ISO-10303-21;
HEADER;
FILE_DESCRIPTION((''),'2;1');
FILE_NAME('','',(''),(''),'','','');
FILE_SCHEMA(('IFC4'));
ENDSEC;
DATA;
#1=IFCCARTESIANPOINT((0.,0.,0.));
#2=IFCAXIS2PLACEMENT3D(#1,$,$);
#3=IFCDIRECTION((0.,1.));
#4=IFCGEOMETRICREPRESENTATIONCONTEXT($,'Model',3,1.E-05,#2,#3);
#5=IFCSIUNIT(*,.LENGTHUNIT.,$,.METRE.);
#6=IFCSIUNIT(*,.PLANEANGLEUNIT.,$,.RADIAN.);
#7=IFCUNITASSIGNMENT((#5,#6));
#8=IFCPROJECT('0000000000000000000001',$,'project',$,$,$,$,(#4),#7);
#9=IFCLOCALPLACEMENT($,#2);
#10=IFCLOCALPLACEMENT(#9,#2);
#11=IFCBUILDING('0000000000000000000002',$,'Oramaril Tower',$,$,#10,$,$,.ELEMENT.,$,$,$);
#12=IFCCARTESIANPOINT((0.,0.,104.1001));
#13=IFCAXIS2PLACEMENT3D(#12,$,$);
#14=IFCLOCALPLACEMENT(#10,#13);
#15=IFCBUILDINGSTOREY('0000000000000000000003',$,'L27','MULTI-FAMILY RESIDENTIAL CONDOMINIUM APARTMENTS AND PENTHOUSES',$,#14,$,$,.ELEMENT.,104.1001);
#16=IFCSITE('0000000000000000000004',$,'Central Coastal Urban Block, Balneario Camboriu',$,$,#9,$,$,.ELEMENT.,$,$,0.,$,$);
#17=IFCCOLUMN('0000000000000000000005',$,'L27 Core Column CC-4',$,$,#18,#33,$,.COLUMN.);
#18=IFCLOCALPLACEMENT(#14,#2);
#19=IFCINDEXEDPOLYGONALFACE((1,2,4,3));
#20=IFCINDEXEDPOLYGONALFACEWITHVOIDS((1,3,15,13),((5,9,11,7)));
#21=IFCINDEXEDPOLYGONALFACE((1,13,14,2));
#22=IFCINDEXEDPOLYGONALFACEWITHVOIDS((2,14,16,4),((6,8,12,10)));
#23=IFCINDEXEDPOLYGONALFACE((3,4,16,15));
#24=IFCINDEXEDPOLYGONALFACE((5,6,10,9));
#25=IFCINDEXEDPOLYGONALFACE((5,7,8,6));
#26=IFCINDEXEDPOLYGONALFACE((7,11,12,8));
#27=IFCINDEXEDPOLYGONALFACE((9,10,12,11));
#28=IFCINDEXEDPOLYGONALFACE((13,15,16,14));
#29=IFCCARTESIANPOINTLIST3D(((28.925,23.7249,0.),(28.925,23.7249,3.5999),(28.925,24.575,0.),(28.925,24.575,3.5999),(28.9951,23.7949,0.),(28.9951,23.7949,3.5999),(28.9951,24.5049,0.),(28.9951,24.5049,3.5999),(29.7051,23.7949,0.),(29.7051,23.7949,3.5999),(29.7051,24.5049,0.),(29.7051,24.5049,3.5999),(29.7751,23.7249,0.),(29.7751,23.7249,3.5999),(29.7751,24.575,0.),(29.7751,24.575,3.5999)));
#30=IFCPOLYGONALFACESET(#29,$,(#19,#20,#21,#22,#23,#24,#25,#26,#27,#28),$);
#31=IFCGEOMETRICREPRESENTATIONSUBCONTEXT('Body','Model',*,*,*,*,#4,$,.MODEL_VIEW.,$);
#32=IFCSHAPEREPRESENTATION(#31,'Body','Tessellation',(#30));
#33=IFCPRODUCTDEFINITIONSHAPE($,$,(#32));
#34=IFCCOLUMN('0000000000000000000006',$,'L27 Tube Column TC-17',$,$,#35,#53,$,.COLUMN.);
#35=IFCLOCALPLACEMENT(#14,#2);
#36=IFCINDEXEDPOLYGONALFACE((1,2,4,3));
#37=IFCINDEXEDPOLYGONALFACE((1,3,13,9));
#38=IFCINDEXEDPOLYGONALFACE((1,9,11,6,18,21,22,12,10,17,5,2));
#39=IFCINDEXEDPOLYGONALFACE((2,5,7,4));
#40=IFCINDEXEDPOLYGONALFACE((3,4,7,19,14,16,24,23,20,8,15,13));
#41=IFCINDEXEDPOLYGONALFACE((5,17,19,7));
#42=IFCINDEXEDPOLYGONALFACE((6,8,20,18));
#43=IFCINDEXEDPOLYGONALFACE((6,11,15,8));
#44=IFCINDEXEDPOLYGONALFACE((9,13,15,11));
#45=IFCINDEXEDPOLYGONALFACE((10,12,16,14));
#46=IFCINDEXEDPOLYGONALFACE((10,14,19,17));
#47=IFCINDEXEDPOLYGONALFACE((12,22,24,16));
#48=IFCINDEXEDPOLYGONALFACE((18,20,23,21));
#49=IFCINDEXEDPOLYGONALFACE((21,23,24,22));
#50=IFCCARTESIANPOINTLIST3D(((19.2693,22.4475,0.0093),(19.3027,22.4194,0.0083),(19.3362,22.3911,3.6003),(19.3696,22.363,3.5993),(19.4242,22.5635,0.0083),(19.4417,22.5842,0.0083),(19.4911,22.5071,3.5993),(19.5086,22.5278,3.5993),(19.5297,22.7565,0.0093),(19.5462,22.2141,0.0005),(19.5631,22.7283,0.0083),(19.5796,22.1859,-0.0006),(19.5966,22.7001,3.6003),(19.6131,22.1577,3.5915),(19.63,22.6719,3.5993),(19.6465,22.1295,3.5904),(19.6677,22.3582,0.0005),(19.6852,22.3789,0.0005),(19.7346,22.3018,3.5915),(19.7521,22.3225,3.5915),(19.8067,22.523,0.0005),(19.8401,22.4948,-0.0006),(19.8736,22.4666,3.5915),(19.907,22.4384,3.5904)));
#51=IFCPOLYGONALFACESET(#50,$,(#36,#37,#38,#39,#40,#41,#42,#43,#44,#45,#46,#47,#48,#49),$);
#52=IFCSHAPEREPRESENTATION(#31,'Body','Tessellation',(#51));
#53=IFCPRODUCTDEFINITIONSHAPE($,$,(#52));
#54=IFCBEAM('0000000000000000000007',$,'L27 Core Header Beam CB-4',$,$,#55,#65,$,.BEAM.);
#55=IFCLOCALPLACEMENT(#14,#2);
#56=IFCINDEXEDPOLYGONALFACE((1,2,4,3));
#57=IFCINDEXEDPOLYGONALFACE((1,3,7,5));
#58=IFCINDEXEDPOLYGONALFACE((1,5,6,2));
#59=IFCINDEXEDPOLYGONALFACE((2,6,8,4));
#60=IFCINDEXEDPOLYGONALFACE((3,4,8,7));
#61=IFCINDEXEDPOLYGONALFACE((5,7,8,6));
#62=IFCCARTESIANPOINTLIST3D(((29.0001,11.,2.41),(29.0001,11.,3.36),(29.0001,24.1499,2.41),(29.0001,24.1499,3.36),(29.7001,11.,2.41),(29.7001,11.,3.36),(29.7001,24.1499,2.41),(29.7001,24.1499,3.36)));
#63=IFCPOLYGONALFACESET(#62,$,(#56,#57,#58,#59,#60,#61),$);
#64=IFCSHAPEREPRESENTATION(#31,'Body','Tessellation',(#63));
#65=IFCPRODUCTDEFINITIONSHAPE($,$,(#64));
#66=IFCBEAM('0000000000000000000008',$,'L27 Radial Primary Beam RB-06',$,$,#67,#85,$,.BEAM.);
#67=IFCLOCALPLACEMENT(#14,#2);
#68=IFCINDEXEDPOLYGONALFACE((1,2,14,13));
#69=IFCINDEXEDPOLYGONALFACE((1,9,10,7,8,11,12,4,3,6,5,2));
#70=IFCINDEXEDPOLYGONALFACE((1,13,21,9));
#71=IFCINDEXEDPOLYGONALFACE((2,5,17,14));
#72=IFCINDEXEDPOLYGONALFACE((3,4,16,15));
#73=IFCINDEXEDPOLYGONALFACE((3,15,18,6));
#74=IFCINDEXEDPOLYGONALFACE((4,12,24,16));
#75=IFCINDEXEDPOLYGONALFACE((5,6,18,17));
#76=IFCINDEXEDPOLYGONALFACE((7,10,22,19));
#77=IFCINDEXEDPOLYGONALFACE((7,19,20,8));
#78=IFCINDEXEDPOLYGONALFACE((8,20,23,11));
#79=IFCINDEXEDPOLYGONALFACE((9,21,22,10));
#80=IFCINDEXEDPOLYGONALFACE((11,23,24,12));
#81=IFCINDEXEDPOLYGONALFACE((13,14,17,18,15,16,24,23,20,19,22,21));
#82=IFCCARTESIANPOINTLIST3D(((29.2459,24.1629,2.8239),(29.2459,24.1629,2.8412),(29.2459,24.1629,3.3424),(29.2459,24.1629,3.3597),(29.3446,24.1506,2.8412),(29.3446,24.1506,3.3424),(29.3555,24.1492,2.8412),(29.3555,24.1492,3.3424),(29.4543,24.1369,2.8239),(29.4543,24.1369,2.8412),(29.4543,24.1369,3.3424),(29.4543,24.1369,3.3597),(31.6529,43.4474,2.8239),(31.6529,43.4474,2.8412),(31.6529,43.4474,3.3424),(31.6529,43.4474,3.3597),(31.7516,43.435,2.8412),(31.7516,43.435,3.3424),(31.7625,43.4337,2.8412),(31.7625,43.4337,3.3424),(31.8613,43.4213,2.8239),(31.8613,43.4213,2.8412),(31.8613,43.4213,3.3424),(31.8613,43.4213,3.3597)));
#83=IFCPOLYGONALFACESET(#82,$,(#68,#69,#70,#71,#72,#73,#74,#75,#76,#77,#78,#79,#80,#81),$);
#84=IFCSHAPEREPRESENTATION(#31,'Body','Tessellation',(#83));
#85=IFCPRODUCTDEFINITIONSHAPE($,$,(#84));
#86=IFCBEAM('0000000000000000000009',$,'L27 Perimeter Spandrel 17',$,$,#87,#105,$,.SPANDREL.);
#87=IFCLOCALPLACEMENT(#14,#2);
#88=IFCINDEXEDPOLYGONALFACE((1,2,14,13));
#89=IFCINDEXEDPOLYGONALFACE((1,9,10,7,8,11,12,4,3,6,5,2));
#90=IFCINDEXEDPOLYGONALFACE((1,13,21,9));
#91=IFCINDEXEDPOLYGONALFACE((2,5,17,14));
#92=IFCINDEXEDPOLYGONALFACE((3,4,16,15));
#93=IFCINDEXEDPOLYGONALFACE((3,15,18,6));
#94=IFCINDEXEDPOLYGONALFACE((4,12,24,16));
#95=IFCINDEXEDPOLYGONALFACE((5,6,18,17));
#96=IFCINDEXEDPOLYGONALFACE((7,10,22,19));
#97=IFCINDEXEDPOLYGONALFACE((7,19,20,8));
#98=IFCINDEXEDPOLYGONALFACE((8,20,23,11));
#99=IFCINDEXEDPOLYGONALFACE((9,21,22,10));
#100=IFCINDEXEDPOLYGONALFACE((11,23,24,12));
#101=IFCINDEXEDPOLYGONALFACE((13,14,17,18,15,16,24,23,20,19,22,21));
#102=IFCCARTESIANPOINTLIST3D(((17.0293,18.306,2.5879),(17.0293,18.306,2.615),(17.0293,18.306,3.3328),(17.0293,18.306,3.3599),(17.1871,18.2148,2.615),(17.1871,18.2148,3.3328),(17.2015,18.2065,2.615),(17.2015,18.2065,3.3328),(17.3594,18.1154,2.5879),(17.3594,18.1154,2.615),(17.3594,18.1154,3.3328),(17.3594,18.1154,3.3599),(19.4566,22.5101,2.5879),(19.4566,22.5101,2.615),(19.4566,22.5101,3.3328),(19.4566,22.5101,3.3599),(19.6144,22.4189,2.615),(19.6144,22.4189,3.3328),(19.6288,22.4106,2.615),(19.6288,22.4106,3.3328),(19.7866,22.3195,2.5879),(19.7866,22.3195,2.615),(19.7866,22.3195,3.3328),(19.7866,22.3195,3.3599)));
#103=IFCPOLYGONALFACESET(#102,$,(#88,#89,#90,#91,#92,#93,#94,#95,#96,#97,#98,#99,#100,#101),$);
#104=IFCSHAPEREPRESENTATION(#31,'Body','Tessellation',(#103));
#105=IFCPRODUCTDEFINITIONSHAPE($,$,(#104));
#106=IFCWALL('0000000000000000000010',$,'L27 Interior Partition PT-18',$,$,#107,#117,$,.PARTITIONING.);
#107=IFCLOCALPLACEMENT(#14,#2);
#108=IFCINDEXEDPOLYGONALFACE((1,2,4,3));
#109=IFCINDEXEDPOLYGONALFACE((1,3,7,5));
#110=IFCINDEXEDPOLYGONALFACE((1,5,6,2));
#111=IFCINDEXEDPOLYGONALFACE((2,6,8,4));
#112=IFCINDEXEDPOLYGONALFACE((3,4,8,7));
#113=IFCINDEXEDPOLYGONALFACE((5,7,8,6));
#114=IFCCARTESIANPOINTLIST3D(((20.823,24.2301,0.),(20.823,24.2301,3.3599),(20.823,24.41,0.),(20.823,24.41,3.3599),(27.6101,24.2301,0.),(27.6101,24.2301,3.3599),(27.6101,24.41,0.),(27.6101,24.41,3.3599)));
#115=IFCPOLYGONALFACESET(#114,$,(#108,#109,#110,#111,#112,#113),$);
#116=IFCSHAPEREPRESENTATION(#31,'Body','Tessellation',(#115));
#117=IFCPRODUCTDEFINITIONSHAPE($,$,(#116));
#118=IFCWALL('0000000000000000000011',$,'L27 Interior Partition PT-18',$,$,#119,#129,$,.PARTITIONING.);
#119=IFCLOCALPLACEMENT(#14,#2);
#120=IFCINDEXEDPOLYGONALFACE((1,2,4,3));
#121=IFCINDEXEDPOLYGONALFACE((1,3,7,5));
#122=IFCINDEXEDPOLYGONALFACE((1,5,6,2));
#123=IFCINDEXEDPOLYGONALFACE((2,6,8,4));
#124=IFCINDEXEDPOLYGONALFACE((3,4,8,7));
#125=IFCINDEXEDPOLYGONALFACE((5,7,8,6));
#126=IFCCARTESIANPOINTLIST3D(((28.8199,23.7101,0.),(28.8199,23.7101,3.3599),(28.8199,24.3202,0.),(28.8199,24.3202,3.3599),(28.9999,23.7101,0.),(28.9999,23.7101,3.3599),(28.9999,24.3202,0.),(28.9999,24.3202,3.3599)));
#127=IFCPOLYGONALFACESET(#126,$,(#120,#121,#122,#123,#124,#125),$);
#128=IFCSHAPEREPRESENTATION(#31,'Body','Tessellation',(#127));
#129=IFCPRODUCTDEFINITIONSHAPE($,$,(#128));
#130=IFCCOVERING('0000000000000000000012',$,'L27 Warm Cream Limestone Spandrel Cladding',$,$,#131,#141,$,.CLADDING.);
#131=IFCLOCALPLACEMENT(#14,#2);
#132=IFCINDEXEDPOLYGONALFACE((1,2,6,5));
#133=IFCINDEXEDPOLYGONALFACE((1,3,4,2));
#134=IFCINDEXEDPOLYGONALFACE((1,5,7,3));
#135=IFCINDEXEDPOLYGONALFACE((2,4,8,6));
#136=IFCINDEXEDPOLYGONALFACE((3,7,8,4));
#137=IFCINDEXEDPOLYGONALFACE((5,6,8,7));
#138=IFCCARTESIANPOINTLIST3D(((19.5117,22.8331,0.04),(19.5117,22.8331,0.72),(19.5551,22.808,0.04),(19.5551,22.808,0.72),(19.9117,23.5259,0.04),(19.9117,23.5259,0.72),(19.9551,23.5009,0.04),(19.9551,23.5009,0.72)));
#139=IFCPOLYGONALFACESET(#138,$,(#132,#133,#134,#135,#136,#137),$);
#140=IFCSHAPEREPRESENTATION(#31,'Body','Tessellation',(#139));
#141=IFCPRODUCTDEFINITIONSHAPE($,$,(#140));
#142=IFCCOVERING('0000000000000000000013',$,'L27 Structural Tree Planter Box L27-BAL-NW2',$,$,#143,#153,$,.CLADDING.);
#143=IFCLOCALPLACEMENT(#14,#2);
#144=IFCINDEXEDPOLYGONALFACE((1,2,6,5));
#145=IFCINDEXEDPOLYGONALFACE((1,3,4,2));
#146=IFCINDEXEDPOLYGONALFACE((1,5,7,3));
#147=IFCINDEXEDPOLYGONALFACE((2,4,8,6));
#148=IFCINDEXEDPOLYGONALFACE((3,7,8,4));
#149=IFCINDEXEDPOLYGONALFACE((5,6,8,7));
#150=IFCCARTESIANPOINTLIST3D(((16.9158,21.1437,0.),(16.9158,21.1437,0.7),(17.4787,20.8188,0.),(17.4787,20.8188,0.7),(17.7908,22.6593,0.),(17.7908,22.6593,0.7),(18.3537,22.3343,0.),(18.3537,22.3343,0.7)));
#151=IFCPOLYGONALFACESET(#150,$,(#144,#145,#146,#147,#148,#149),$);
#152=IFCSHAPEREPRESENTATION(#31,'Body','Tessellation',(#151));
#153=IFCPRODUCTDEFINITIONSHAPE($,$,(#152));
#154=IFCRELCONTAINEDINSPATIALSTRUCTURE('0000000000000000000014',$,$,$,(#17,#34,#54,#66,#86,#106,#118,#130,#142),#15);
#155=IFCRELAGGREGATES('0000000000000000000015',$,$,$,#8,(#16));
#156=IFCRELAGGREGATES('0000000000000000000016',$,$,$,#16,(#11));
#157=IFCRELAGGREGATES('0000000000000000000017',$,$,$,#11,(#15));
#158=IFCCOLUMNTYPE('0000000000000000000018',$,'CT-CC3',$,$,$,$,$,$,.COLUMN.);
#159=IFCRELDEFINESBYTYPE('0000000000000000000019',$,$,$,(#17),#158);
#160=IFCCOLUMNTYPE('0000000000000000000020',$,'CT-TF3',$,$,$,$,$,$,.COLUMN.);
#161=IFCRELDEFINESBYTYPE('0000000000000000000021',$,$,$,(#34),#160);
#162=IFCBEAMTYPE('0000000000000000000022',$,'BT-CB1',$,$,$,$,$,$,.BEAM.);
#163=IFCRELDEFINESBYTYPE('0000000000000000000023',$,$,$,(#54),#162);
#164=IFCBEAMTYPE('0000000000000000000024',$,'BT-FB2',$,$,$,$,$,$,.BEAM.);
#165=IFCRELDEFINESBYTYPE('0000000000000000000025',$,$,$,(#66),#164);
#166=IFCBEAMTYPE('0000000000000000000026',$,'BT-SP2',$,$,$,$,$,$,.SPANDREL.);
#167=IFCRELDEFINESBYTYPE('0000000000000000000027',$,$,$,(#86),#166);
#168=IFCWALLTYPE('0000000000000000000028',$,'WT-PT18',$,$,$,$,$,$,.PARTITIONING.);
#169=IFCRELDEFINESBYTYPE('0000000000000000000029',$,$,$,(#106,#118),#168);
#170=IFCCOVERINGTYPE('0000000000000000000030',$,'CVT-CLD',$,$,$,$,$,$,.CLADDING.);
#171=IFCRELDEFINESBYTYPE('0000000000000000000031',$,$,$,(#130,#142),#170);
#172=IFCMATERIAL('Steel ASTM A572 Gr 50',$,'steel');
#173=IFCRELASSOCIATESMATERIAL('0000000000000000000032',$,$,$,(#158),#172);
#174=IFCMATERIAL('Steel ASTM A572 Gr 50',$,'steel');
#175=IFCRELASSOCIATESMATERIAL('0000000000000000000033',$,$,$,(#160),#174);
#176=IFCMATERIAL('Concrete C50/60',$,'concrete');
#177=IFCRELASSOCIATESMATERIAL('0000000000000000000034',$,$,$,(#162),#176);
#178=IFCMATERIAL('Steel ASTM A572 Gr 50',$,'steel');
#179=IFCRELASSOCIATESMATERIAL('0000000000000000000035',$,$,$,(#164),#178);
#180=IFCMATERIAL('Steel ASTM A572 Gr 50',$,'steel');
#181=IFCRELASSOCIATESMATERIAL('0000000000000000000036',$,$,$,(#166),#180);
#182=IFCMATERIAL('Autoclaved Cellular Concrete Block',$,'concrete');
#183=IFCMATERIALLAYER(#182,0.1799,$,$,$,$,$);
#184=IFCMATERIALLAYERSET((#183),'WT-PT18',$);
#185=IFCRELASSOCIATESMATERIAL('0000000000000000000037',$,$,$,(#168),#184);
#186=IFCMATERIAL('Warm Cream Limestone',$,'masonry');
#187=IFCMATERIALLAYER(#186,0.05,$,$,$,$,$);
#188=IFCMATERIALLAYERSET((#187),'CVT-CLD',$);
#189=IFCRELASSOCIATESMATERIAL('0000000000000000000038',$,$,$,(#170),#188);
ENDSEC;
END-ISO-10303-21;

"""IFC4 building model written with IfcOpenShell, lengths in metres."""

from ifc_helpers import new_model, si_unit, direction, frame, frame_2d, origin, origin_2d, place, context, subcontext, project, spatial, rectangle, hollow_rectangle, i_section, extrude, material, layer, layer_set, material_profile, profile_set, type_object, element, save


model = new_model("IFC4")

# Units and contexts
model_context = context("Model", 3, precision=1e-05, world=origin(), true_north=direction((0.0, 1.0)))
body_context = subcontext(model_context, "Body", "Model", "MODEL_VIEW")
ifc_project = project(units=[si_unit("LENGTHUNIT", "METRE"), si_unit("PLANEANGLEUNIT", "RADIAN")], contexts=[model_context])

# Site, building, storey
site_placement = place(None, origin())
site = spatial("IfcSite", under=ifc_project, at=site_placement, Name="Central Coastal Urban Block, Balneario Camboriu", CompositionType="ELEMENT", RefElevation=0.0)
building_placement = place(site_placement, origin())
building = spatial("IfcBuilding", under=site, at=building_placement, Name="Oramaril Tower", CompositionType="ELEMENT")
storey_placement = place(building_placement, frame((0.0, 0.0, 104.1001)))
storey = spatial("IfcBuildingStorey", under=building, at=storey_placement, Name="L27", Description="MULTI-FAMILY RESIDENTIAL CONDOMINIUM APARTMENTS AND PENTHOUSES", CompositionType="ELEMENT", Elevation=104.1001)

# Columns
ifc_material_1 = material(Name="Steel ASTM A572 Gr 50", Category="steel")
ifc_material_profile_1 = material_profile(ifc_material_1, hollow_rectangle(XDim=0.8501, YDim=0.8501, WallThickness=0.0701, at=origin_2d()), Name="BOX850X850X70")
ifc_profile_set_1 = profile_set([ifc_material_profile_1], Name="Steel ASTM A572 Gr 50")
column_type_1 = type_object("IfcColumnType", Name="CT-CC3", PredefinedType="COLUMN", material=ifc_profile_set_1)
column_1_placement = place(storey_placement, frame((29.3501, 24.1499, 0.0), z_axis=(0.0, 0.0, 1.0), x_axis=(1.0, 0.0, 0.0)))
element("IfcColumn", 1, at=column_1_placement, inside=storey, type_object=column_type_1, Name="L27 Core Column CC-4", PredefinedType="COLUMN", context=body_context, shape_type="SweptSolid", body=[
    extrude(hollow_rectangle(XDim=0.8501, YDim=0.8501, WallThickness=0.0701, at=origin_2d()), origin(), (0.0, 0.0, 1.0), 3.5999),
])
ifc_material_2 = material(Name="Steel ASTM A572 Gr 50", Category="steel")
ifc_material_profile_2 = material_profile(ifc_material_2, i_section(OverallWidth=0.4041, OverallDepth=0.406, WebThickness=0.0271, FlangeThickness=0.0437, at=origin_2d()), Name="W14X233")
ifc_profile_set_2 = profile_set([ifc_material_profile_2], Name="Steel ASTM A572 Gr 50")
column_type_2 = type_object("IfcColumnType", Name="CT-TF3", PredefinedType="COLUMN", material=ifc_profile_set_2)
column_2_placement = place(storey_placement, frame((19.5547, 22.4712, 0.0044), z_axis=(0.018623, -0.0157, 0.999703), x_axis=(0.644565, 0.764549, 0.0)))
element("IfcColumn", 2, at=column_2_placement, inside=storey, type_object=column_type_2, Name="L27 Tube Column TC-17", PredefinedType="COLUMN", context=body_context, shape_type="SweptSolid", body=[
    extrude(i_section(OverallWidth=0.4041, OverallDepth=0.406, WebThickness=0.0271, FlangeThickness=0.0437, at=origin_2d()), origin(), (0.0, 0.0, 1.0), 3.592),
])

# Beams
ifc_material_3 = material(Name="Concrete C50/60", Category="concrete")
ifc_material_profile_3 = material_profile(ifc_material_3, rectangle(XDim=0.7, YDim=0.95, at=origin_2d()), Name="CB700X950")
ifc_profile_set_3 = profile_set([ifc_material_profile_3], Name="Concrete C50/60")
beam_type_1 = type_object("IfcBeamType", Name="BT-CB1", PredefinedType="BEAM", material=ifc_profile_set_3)
beam_1_placement = place(storey_placement, frame((29.3501, 24.1499, 2.885), z_axis=(0.0, -1.0, 0.0), x_axis=(1.0, 0.0, 0.0)))
element("IfcBeam", 3, at=beam_1_placement, inside=storey, type_object=beam_type_1, Name="L27 Core Header Beam CB-4", PredefinedType="BEAM", context=body_context, shape_type="SweptSolid", body=[
    extrude(rectangle(XDim=0.7, YDim=0.95, at=origin_2d()), origin(), (0.0, 0.0, 1.0), 13.1499),
])
ifc_material_4 = material(Name="Steel ASTM A572 Gr 50", Category="steel")
ifc_material_profile_4 = material_profile(ifc_material_4, i_section(OverallWidth=0.21, OverallDepth=0.5359, WebThickness=0.011, FlangeThickness=0.0173, at=origin_2d()), Name="W21X68")
ifc_profile_set_4 = profile_set([ifc_material_profile_4], Name="Steel ASTM A572 Gr 50")
beam_type_2 = type_object("IfcBeamType", Name="BT-FB2", PredefinedType="BEAM", material=ifc_profile_set_4)
beam_2_placement = place(storey_placement, frame((29.3501, 24.1499, 3.0918), z_axis=(0.123854, 0.9923, 0.0), x_axis=(-0.9923, 0.123854, 0.0)))
element("IfcBeam", 4, at=beam_2_placement, inside=storey, type_object=beam_type_2, Name="L27 Radial Primary Beam RB-06", PredefinedType="BEAM", context=body_context, shape_type="SweptSolid", body=[
    extrude(i_section(OverallWidth=0.21, OverallDepth=0.5359, WebThickness=0.011, FlangeThickness=0.0173, at=origin_2d()), origin(), (0.0, 0.0, 1.0), 19.4341),
])
ifc_material_5 = material(Name="Steel ASTM A572 Gr 50", Category="steel")
ifc_material_profile_5 = material_profile(ifc_material_5, i_section(OverallWidth=0.3811, OverallDepth=0.772, WebThickness=0.0166, FlangeThickness=0.0271, at=origin_2d()), Name="W30X173")
ifc_profile_set_5 = profile_set([ifc_material_profile_5], Name="Steel ASTM A572 Gr 50")
beam_type_3 = type_object("IfcBeamType", Name="BT-SP2", PredefinedType="SPANDREL", material=ifc_profile_set_5)
beam_3_placement = place(storey_placement, frame((19.6216, 22.4148, 2.9739), z_axis=(-0.500001, -0.866025, 0.0), x_axis=(0.866025, -0.500001, 0.0)))
element("IfcBeam", 5, at=beam_3_placement, inside=storey, type_object=beam_type_3, Name="L27 Perimeter Spandrel 17", PredefinedType="SPANDREL", context=body_context, shape_type="SweptSolid", body=[
    extrude(i_section(OverallWidth=0.3811, OverallDepth=0.772, WebThickness=0.0166, FlangeThickness=0.0271, at=origin_2d()), origin(), (0.0, 0.0, 1.0), 4.8545),
])

# Wall
ifc_material_6 = material(Name="Autoclaved Cellular Concrete Block", Category="concrete")
ifc_layer_1 = layer(ifc_material_6, 0.1799)
ifc_layer_set_1 = layer_set([ifc_layer_1], Name="WT-PT18")
wall_type_1 = type_object("IfcWallType", Name="WT-PT18", PredefinedType="PARTITIONING", material=ifc_layer_set_1)
wall_1_placement = place(storey_placement, frame((20.823, 24.3201, 0.0), z_axis=(0.0, 0.0, 1.0), x_axis=(1.0, 0.0, 0.0)))
element("IfcWall", 6, at=wall_1_placement, inside=storey, type_object=wall_type_1, Name="L27 Interior Partition PT-18", PredefinedType="PARTITIONING", context=body_context, shape_type="SweptSolid", body=[
    extrude(rectangle(XDim=6.7871, YDim=0.1799, at=frame_2d((3.3936, 0.0))), origin(), (0.0, 0.0, 1.0), 3.3599),
])

# Wall
wall_2_placement = place(storey_placement, frame((28.9099, 23.71, 0.0), z_axis=(0.0, 0.0, 1.0), x_axis=(0.0, 1.0, 0.0)))
element("IfcWall", 7, at=wall_2_placement, inside=storey, type_object=wall_type_1, Name="L27 Interior Partition PT-18", PredefinedType="PARTITIONING", context=body_context, shape_type="SweptSolid", body=[
    extrude(rectangle(XDim=0.6101, YDim=0.1799, at=frame_2d((0.3052, 0.0))), origin(), (0.0, 0.0, 1.0), 3.3599),
])

# Coverings
ifc_material_7 = material(Name="Warm Cream Limestone", Category="masonry")
ifc_layer_2 = layer(ifc_material_7, 0.05)
ifc_layer_set_2 = layer_set([ifc_layer_2], Name="CVT-CLD")
covering_type = type_object("IfcCoveringType", Name="CVT-CLD", PredefinedType="CLADDING", material=ifc_layer_set_2)
covering_1_placement = place(storey_placement, frame((19.7334, 23.167, 0.04), z_axis=(0.0, 0.0, 1.0), x_axis=(-0.5, -0.866025, 0.0)))
element("IfcCovering", 8, at=covering_1_placement, inside=storey, type_object=covering_type, Name="L27 Warm Cream Limestone Spandrel Cladding", PredefinedType="CLADDING", context=body_context, shape_type="SweptSolid", body=[
    extrude(rectangle(XDim=0.8, YDim=0.05, at=origin_2d()), origin(), (0.0, 0.0, 1.0), 0.6799),
])
covering_2_placement = place(storey_placement, frame((17.6348, 21.739, 0.0), z_axis=(0.0, 0.0, 1.0), x_axis=(-0.5, -0.866025, 0.0)))
element("IfcCovering", 9, at=covering_2_placement, inside=storey, type_object=covering_type, Name="L27 Structural Tree Planter Box L27-BAL-NW2", PredefinedType="CLADDING", context=body_context, shape_type="SweptSolid", body=[
    extrude(rectangle(XDim=1.75, YDim=0.6499, at=origin_2d()), origin(), (0.0, 0.0, 1.0), 0.7),
])

save(model, "model.ifc")
